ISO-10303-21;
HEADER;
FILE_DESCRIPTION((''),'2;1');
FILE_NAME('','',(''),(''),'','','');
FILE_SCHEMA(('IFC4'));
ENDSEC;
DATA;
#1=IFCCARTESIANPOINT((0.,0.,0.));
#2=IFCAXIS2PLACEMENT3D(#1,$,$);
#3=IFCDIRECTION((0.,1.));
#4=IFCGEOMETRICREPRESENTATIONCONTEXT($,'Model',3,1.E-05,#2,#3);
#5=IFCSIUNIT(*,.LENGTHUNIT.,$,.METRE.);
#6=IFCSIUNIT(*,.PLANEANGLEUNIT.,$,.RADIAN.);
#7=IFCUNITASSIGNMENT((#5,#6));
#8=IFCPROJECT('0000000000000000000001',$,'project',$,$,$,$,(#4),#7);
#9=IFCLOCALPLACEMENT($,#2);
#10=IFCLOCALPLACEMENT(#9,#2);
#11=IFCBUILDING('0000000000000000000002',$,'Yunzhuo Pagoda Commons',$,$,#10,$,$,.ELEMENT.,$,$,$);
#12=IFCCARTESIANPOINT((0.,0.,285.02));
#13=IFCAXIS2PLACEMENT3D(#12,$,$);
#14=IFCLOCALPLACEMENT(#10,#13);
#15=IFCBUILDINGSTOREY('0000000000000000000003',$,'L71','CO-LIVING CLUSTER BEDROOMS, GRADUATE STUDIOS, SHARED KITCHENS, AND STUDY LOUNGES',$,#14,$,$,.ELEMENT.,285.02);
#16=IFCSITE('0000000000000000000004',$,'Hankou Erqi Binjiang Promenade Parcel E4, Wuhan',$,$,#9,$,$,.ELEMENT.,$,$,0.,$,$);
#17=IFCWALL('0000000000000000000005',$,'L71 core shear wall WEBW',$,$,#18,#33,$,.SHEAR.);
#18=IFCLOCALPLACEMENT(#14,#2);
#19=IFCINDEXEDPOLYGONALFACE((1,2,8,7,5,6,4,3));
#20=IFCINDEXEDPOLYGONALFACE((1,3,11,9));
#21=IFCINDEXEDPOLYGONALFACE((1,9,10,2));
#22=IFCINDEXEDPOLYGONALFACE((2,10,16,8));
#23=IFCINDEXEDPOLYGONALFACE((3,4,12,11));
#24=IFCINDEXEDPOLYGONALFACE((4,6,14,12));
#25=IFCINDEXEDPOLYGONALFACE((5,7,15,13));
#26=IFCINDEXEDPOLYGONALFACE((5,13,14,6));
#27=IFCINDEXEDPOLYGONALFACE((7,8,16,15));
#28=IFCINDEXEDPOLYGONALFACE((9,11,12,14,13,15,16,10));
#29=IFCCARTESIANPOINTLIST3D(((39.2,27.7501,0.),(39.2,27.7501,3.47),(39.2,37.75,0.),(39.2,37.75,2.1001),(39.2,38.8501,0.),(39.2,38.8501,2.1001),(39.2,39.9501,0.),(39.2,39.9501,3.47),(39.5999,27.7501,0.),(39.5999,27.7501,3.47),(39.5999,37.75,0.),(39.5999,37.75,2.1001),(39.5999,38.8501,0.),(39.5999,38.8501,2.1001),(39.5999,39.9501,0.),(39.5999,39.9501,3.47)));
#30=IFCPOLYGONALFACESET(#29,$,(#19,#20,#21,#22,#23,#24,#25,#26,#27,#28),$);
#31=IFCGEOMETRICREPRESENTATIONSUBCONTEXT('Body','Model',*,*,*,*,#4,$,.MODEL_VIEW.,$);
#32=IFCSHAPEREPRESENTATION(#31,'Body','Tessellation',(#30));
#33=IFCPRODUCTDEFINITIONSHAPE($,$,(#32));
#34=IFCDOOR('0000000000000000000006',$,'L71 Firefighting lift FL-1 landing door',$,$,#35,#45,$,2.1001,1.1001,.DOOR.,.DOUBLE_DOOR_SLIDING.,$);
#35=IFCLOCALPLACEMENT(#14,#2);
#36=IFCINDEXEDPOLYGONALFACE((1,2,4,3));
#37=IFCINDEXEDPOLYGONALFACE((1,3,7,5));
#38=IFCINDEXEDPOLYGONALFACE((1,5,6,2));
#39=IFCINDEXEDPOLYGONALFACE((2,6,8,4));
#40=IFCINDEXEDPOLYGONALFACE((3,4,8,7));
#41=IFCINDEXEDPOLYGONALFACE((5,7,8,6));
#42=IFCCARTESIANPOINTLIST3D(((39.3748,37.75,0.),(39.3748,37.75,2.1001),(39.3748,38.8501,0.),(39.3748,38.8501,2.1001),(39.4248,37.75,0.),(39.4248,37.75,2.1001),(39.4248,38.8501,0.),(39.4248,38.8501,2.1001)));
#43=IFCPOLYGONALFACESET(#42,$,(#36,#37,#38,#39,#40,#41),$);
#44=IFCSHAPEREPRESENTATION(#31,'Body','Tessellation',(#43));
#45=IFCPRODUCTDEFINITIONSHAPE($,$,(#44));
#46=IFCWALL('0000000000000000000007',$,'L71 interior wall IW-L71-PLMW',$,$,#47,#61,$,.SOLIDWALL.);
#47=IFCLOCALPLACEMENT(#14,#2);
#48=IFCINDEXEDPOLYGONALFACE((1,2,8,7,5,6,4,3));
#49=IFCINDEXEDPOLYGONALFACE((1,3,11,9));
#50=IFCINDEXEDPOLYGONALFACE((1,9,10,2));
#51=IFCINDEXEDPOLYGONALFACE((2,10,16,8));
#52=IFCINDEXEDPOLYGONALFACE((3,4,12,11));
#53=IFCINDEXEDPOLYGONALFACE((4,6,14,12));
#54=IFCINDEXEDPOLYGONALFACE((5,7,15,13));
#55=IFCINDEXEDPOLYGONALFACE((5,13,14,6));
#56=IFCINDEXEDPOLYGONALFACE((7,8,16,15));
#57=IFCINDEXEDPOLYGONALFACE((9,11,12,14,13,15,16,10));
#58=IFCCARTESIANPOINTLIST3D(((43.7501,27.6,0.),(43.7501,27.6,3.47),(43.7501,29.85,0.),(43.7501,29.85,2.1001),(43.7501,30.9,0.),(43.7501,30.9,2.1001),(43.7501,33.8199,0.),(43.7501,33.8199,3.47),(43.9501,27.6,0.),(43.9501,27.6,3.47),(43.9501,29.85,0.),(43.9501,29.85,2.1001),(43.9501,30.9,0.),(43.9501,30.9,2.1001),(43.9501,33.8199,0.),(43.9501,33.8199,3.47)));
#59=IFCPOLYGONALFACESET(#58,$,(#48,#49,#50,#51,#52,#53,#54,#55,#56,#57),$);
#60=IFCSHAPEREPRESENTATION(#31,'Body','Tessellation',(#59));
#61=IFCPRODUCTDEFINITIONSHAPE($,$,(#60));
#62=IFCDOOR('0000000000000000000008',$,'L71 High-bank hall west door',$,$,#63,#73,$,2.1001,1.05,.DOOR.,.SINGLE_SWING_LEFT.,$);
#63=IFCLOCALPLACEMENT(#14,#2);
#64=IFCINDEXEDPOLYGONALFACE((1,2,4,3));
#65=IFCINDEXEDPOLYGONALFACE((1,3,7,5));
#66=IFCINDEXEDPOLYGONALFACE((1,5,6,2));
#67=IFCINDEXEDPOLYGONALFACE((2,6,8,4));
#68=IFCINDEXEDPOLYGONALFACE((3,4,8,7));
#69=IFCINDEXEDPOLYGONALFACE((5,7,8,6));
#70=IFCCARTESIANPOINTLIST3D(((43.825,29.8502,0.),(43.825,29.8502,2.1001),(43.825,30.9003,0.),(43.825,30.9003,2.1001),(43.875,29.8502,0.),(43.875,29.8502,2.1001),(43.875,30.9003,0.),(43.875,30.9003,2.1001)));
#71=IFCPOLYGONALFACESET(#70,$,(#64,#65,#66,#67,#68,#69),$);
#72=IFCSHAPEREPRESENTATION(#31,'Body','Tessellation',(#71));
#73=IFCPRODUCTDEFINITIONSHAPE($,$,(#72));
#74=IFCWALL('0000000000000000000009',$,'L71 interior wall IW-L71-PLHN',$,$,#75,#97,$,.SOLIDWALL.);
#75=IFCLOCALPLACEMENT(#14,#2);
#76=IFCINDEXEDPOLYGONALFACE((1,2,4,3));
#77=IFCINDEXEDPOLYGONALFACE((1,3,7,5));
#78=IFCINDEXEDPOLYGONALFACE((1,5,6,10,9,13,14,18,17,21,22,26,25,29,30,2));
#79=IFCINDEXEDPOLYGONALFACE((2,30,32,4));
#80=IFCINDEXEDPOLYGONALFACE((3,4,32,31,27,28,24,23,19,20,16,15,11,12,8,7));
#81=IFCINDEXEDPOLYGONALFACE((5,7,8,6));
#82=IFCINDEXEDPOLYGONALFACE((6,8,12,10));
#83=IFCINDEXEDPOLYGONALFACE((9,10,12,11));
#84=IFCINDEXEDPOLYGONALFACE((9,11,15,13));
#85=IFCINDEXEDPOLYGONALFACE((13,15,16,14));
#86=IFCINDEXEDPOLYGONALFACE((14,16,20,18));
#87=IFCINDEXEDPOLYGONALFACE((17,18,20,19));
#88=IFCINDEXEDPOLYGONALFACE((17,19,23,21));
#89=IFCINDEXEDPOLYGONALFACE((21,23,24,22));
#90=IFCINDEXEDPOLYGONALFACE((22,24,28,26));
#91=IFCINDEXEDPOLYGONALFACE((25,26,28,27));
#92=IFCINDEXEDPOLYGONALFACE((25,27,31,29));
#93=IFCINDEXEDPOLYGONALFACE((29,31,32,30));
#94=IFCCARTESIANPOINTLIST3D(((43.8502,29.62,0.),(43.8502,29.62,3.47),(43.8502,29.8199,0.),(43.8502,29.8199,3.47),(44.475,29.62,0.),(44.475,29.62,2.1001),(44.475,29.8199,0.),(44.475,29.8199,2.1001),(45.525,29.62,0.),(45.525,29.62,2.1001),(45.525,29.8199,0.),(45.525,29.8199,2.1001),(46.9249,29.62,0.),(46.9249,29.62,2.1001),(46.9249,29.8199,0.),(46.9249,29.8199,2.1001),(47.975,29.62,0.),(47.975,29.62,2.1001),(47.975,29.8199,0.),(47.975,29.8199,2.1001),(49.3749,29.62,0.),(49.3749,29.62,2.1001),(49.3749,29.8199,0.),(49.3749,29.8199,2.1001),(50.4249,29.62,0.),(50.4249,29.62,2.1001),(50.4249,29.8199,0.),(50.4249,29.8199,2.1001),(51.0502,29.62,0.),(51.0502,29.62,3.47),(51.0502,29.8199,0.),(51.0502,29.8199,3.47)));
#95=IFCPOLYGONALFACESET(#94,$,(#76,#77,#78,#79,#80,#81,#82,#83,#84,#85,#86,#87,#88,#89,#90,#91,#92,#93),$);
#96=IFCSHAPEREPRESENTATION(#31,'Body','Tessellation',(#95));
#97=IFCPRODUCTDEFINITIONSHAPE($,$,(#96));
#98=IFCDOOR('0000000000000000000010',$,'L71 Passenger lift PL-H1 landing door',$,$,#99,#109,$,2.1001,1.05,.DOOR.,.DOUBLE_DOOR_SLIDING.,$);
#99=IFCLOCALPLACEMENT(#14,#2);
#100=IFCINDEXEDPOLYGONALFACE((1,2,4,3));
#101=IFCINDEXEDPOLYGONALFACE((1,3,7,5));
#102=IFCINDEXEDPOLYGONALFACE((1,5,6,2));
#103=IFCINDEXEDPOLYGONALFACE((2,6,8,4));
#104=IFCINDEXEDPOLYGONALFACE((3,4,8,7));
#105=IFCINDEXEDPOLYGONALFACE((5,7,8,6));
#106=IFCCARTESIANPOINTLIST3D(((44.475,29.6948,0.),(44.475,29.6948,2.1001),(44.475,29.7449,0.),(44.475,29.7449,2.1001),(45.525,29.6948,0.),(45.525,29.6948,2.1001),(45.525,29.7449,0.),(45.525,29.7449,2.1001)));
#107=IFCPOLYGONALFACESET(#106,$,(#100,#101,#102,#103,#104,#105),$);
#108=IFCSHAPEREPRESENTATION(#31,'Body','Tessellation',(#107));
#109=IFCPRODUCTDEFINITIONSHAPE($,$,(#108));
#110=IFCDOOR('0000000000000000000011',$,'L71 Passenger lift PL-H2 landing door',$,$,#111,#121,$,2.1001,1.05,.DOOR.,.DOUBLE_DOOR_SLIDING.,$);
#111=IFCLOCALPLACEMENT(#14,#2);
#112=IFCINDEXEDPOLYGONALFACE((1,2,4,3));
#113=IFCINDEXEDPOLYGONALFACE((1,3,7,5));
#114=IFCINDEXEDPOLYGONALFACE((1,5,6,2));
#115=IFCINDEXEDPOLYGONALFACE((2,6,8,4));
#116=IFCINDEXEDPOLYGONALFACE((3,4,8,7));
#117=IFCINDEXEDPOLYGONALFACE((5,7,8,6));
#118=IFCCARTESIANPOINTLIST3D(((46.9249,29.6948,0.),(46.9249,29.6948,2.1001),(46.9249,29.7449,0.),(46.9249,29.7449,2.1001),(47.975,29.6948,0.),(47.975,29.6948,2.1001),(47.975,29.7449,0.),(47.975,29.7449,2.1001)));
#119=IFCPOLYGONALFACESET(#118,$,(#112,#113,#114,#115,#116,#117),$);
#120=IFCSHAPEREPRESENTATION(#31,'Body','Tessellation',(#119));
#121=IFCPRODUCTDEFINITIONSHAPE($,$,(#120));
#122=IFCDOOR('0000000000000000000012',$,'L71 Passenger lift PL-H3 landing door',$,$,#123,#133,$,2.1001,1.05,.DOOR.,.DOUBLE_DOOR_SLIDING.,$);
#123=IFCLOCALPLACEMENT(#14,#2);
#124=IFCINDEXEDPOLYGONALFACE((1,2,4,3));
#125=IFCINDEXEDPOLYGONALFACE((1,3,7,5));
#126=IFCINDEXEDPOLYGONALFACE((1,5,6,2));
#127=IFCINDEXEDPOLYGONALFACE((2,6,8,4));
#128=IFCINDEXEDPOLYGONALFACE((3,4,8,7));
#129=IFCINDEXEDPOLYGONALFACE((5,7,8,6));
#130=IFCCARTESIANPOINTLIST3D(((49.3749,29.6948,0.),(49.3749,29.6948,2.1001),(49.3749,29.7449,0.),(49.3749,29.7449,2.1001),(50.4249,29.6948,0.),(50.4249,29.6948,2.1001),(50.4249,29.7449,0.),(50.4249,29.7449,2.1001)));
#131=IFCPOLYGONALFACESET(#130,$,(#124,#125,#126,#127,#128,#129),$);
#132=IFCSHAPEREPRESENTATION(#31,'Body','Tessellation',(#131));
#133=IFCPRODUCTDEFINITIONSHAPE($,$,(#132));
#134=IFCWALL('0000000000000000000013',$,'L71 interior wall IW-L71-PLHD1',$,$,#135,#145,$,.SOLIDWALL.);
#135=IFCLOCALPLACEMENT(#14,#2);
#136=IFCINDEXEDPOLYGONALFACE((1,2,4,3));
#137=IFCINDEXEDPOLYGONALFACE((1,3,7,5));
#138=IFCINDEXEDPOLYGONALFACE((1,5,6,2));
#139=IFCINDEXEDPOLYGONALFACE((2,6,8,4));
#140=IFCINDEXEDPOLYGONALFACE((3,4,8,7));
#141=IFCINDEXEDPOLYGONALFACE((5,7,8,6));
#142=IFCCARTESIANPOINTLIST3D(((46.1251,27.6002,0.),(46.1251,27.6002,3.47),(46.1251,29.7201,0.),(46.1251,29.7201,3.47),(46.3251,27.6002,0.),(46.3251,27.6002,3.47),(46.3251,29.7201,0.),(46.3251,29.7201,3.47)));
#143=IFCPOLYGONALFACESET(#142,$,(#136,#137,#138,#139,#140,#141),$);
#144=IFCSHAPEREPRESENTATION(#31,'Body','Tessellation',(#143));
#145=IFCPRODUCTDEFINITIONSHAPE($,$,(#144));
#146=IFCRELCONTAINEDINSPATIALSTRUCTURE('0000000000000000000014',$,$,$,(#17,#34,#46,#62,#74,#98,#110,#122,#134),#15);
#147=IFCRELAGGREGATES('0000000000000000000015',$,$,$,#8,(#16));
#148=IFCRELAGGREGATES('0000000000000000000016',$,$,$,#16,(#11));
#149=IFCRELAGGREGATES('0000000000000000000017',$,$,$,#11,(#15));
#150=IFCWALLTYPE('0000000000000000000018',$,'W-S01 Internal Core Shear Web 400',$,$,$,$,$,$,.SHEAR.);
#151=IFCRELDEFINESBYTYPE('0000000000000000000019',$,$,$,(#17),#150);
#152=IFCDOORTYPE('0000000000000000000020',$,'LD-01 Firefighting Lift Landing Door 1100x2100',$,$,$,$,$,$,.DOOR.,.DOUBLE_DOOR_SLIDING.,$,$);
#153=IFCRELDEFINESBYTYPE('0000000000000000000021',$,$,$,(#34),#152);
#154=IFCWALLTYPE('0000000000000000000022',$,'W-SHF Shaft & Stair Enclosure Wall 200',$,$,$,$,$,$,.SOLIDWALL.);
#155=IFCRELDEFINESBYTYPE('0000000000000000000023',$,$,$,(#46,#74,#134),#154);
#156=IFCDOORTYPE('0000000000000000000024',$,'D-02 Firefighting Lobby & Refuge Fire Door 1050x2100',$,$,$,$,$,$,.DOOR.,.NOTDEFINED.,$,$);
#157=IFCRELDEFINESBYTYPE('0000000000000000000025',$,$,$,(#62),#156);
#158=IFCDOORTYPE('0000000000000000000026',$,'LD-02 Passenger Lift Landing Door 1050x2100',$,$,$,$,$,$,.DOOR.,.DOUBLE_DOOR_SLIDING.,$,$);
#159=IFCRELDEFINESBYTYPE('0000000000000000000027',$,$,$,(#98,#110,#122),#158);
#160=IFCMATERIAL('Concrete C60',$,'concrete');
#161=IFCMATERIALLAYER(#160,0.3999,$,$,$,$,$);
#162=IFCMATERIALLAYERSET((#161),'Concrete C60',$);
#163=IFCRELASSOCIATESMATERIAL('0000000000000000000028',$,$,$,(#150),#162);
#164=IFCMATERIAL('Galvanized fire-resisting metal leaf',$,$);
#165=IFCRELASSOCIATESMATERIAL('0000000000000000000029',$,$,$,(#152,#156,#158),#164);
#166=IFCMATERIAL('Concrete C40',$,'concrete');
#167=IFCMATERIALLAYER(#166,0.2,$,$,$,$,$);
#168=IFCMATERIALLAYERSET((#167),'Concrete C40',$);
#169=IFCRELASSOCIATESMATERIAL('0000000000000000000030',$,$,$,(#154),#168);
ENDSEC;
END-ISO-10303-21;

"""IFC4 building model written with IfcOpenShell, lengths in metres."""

from ifc_helpers import new_model, si_unit, direction, frame, frame_2d, origin, origin_with_axes, place, context, subcontext, project, spatial, rectangle, extrude, source, transform, mapped, material, layer, layer_set, type_object, element, fill, save


model = new_model("IFC4")

# Units and contexts
model_context = context("Model", 3, precision=1e-05, world=origin(), true_north=direction((0.0, 1.0)))
body_context = subcontext(model_context, "Body", "Model", "MODEL_VIEW")
ifc_project = project(units=[si_unit("LENGTHUNIT", "METRE"), si_unit("PLANEANGLEUNIT", "RADIAN")], contexts=[model_context])

# Site, building, storey
site_placement = place(None, origin())
site = spatial("IfcSite", under=ifc_project, at=site_placement, Name="Hankou Erqi Binjiang Promenade Parcel E4, Wuhan", CompositionType="ELEMENT", RefElevation=0.0)
building_placement = place(site_placement, origin())
building = spatial("IfcBuilding", under=site, at=building_placement, Name="Yunzhuo Pagoda Commons", CompositionType="ELEMENT")
storey_placement = place(building_placement, frame((0.0, 0.0, 285.02)))
storey = spatial("IfcBuildingStorey", under=building, at=storey_placement, Name="L71", Description="CO-LIVING CLUSTER BEDROOMS, GRADUATE STUDIOS, SHARED KITCHENS, AND STUDY LOUNGES", CompositionType="ELEMENT", Elevation=285.02)

# Shared definitions
ifc_material_1 = material(Name="Galvanized fire-resisting metal leaf")

# Walls, openings, doors
ifc_material_2 = material(Name="Concrete C60", Category="concrete")
ifc_layer_1 = layer(ifc_material_2, 0.3999)
ifc_layer_set_1 = layer_set([ifc_layer_1], Name="Concrete C60")
wall_type_1 = type_object("IfcWallType", Name="W-S01 Internal Core Shear Web 400", PredefinedType="SHEAR", material=ifc_layer_set_1)
wall_1_placement = place(storey_placement, frame((39.3999, 27.75, 0.0), z_axis=(0.0, 0.0, 1.0), x_axis=(0.0, 1.0, 0.0)))
wall_1 = element("IfcWall", 1, at=wall_1_placement, inside=storey, type_object=wall_type_1, Name="L71 core shear wall WEBW", PredefinedType="SHEAR", context=body_context, shape_type="SweptSolid", body=[
    extrude(rectangle(XDim=12.2, YDim=0.3999, at=frame_2d((6.1001, 0.0))), origin(), (0.0, 0.0, 1.0), 3.47),
])
opening_1_placement = place(wall_1_placement, frame((10.0, 0.0, 0.0)))
opening_1 = element("IfcOpeningElement", 2, at=opening_1_placement, cuts=wall_1, PredefinedType="OPENING", context=body_context, shape_type="SweptSolid", body=[
    extrude(rectangle(XDim=1.1001, YDim=2.1001, at=frame_2d((0.55, 1.05))), frame((0.0, 0.21, 0.0), z_axis=(0.0, -1.0, 0.0), x_axis=(1.0, 0.0, 0.0)), (0.0, 0.0, 1.0), 0.4199),
])
door_type_1 = type_object("IfcDoorType", Name="LD-01 Firefighting Lift Landing Door 1100x2100", OperationType="DOUBLE_DOOR_SLIDING", PredefinedType="DOOR", material=ifc_material_1)
shared_shape_1 = source(origin(), body_context, "Body", "SweptSolid", [
    extrude(rectangle(XDim=1.1001, YDim=2.1001, at=frame_2d((0.55, 1.05))), frame((0.0, 0.0249, 0.0), z_axis=(0.0, -1.0, 0.0), x_axis=(1.0, 0.0, 0.0)), (0.0, 0.0, 1.0), 0.05),
])
door_1_placement = place(opening_1_placement, frame((1.1001, 0.0, 0.0), z_axis=(0.0, 0.0, 1.0), x_axis=(-1.0, 0.0, 0.0)))
door_1 = element("IfcDoor", 3, at=door_1_placement, inside=storey, type_object=door_type_1, Name="L71 Firefighting lift FL-1 landing door", OperationType="DOUBLE_DOOR_SLIDING", OverallHeight=2.1001, OverallWidth=1.1001, PredefinedType="DOOR", context=body_context, shape_type="MappedRepresentation", body=[
    mapped(shared_shape_1, transform((0.0, 0.0, 0.0), scale=1.0)),
])
fill(opening_1, door_1)
ifc_material_3 = material(Name="Concrete C40", Category="concrete")
ifc_layer_2 = layer(ifc_material_3, 0.2)
ifc_layer_set_2 = layer_set([ifc_layer_2], Name="Concrete C40")
wall_type_2 = type_object("IfcWallType", Name="W-SHF Shaft & Stair Enclosure Wall 200", PredefinedType="SOLIDWALL", material=ifc_layer_set_2)
wall_2_placement = place(storey_placement, frame((43.8501, 27.6001, 0.0), z_axis=(0.0, 0.0, 1.0), x_axis=(0.0, 1.0, 0.0)))
wall_2 = element("IfcWall", 4, at=wall_2_placement, inside=storey, type_object=wall_type_2, Name="L71 interior wall IW-L71-PLMW", PredefinedType="SOLIDWALL", context=body_context, shape_type="SweptSolid", body=[
    extrude(rectangle(XDim=6.22, YDim=0.2, at=frame_2d((3.1099, 0.0))), origin(), (0.0, 0.0, 1.0), 3.47),
])
opening_2_placement = place(wall_2_placement, frame((2.25, 0.0, 0.0)))
opening_2 = element("IfcOpeningElement", 5, at=opening_2_placement, cuts=wall_2, PredefinedType="OPENING", context=body_context, shape_type="SweptSolid", body=[
    extrude(rectangle(XDim=1.05, YDim=2.1001, at=frame_2d((0.5249, 1.05))), frame((0.0, 0.1099, 0.0), z_axis=(0.0, -1.0, 0.0), x_axis=(1.0, 0.0, 0.0)), (0.0, 0.0, 1.0), 0.22),
])
door_type_2 = type_object("IfcDoorType", Name="D-02 Firefighting Lobby & Refuge Fire Door 1050x2100", OperationType="NOTDEFINED", PredefinedType="DOOR", material=ifc_material_1)
shared_shape_2 = source(origin(), body_context, "Body", "SweptSolid", [
    extrude(rectangle(XDim=1.05, YDim=2.1001, at=frame_2d((0.5249, 1.05))), frame((0.0, 0.0249, 0.0), z_axis=(0.0, -1.0, 0.0), x_axis=(1.0, 0.0, 0.0)), (0.0, 0.0, 1.0), 0.05),
])
door_2_placement = place(opening_2_placement, frame((1.05, 0.0, 0.0), z_axis=(0.0, 0.0, 1.0), x_axis=(-1.0, 0.0, 0.0)))
door_2 = element("IfcDoor", 6, at=door_2_placement, inside=storey, type_object=door_type_2, Name="L71 High-bank hall west door", OperationType="SINGLE_SWING_LEFT", OverallHeight=2.1001, OverallWidth=1.05, PredefinedType="DOOR", context=body_context, shape_type="MappedRepresentation", body=[
    mapped(shared_shape_2, transform((0.0, 0.0, 0.0), scale=1.0)),
])
fill(opening_2, door_2)

# Wall, openings, doors
wall_3_placement = place(storey_placement, frame((43.8501, 29.72, 0.0), z_axis=(0.0, 0.0, 1.0), x_axis=(1.0, 0.0, 0.0)))
wall_3 = element("IfcWall", 7, at=wall_3_placement, inside=storey, type_object=wall_type_2, Name="L71 interior wall IW-L71-PLHN", PredefinedType="SOLIDWALL", context=body_context, shape_type="SweptSolid", body=[
    extrude(rectangle(XDim=7.2, YDim=0.2, at=frame_2d((3.6001, 0.0))), origin(), (0.0, 0.0, 1.0), 3.47),
])
opening_3_placement = place(wall_3_placement, frame((0.625, 0.0, 0.0)))
opening_3 = element("IfcOpeningElement", 8, at=opening_3_placement, cuts=wall_3, PredefinedType="OPENING", context=body_context, shape_type="SweptSolid", body=[
    extrude(rectangle(XDim=1.05, YDim=2.1001, at=frame_2d((0.5249, 1.05))), frame((0.0, 0.1099, 0.0), z_axis=(0.0, -1.0, 0.0), x_axis=(1.0, 0.0, 0.0)), (0.0, 0.0, 1.0), 0.22),
])
opening_4_placement = place(wall_3_placement, frame((3.075, 0.0, 0.0)))
opening_4 = element("IfcOpeningElement", 9, at=opening_4_placement, cuts=wall_3, PredefinedType="OPENING", context=body_context, shape_type="SweptSolid", body=[
    extrude(rectangle(XDim=1.05, YDim=2.1001, at=frame_2d((0.5249, 1.05))), frame((0.0, 0.1099, 0.0), z_axis=(0.0, -1.0, 0.0), x_axis=(1.0, 0.0, 0.0)), (0.0, 0.0, 1.0), 0.22),
])
opening_5_placement = place(wall_3_placement, frame((5.5249, 0.0, 0.0)))
opening_5 = element("IfcOpeningElement", 10, at=opening_5_placement, cuts=wall_3, PredefinedType="OPENING", context=body_context, shape_type="SweptSolid", body=[
    extrude(rectangle(XDim=1.05, YDim=2.1001, at=frame_2d((0.5249, 1.05))), frame((0.0, 0.1099, 0.0), z_axis=(0.0, -1.0, 0.0), x_axis=(1.0, 0.0, 0.0)), (0.0, 0.0, 1.0), 0.22),
])
door_type_3 = type_object("IfcDoorType", Name="LD-02 Passenger Lift Landing Door 1050x2100", OperationType="DOUBLE_DOOR_SLIDING", PredefinedType="DOOR", material=ifc_material_1)
door_3_placement = place(opening_3_placement, origin_with_axes())
door_3 = element("IfcDoor", 11, at=door_3_placement, inside=storey, type_object=door_type_3, Name="L71 Passenger lift PL-H1 landing door", OperationType="DOUBLE_DOOR_SLIDING", OverallHeight=2.1001, OverallWidth=1.05, PredefinedType="DOOR", context=body_context, shape_type="MappedRepresentation", body=[
    mapped(shared_shape_2, transform((0.0, 0.0, 0.0), scale=1.0)),
])
fill(opening_3, door_3)
door_4_placement = place(opening_4_placement, origin_with_axes())
door_4 = element("IfcDoor", 12, at=door_4_placement, inside=storey, type_object=door_type_3, Name="L71 Passenger lift PL-H2 landing door", OperationType="DOUBLE_DOOR_SLIDING", OverallHeight=2.1001, OverallWidth=1.05, PredefinedType="DOOR", context=body_context, shape_type="MappedRepresentation", body=[
    mapped(shared_shape_2, transform((0.0, 0.0, 0.0), scale=1.0)),
])
fill(opening_4, door_4)
door_5_placement = place(opening_5_placement, origin_with_axes())
door_5 = element("IfcDoor", 13, at=door_5_placement, inside=storey, type_object=door_type_3, Name="L71 Passenger lift PL-H3 landing door", OperationType="DOUBLE_DOOR_SLIDING", OverallHeight=2.1001, OverallWidth=1.05, PredefinedType="DOOR", context=body_context, shape_type="MappedRepresentation", body=[
    mapped(shared_shape_2, transform((0.0, 0.0, 0.0), scale=1.0)),
])
fill(opening_5, door_5)

# Wall
wall_4_placement = place(storey_placement, frame((46.2251, 27.6001, 0.0), z_axis=(0.0, 0.0, 1.0), x_axis=(0.0, 1.0, 0.0)))
element("IfcWall", 14, at=wall_4_placement, inside=storey, type_object=wall_type_2, Name="L71 interior wall IW-L71-PLHD1", PredefinedType="SOLIDWALL", context=body_context, shape_type="SweptSolid", body=[
    extrude(rectangle(XDim=2.1199, YDim=0.2, at=frame_2d((1.0601, 0.0))), origin(), (0.0, 0.0, 1.0), 3.47),
])

save(model, "model.ifc")
